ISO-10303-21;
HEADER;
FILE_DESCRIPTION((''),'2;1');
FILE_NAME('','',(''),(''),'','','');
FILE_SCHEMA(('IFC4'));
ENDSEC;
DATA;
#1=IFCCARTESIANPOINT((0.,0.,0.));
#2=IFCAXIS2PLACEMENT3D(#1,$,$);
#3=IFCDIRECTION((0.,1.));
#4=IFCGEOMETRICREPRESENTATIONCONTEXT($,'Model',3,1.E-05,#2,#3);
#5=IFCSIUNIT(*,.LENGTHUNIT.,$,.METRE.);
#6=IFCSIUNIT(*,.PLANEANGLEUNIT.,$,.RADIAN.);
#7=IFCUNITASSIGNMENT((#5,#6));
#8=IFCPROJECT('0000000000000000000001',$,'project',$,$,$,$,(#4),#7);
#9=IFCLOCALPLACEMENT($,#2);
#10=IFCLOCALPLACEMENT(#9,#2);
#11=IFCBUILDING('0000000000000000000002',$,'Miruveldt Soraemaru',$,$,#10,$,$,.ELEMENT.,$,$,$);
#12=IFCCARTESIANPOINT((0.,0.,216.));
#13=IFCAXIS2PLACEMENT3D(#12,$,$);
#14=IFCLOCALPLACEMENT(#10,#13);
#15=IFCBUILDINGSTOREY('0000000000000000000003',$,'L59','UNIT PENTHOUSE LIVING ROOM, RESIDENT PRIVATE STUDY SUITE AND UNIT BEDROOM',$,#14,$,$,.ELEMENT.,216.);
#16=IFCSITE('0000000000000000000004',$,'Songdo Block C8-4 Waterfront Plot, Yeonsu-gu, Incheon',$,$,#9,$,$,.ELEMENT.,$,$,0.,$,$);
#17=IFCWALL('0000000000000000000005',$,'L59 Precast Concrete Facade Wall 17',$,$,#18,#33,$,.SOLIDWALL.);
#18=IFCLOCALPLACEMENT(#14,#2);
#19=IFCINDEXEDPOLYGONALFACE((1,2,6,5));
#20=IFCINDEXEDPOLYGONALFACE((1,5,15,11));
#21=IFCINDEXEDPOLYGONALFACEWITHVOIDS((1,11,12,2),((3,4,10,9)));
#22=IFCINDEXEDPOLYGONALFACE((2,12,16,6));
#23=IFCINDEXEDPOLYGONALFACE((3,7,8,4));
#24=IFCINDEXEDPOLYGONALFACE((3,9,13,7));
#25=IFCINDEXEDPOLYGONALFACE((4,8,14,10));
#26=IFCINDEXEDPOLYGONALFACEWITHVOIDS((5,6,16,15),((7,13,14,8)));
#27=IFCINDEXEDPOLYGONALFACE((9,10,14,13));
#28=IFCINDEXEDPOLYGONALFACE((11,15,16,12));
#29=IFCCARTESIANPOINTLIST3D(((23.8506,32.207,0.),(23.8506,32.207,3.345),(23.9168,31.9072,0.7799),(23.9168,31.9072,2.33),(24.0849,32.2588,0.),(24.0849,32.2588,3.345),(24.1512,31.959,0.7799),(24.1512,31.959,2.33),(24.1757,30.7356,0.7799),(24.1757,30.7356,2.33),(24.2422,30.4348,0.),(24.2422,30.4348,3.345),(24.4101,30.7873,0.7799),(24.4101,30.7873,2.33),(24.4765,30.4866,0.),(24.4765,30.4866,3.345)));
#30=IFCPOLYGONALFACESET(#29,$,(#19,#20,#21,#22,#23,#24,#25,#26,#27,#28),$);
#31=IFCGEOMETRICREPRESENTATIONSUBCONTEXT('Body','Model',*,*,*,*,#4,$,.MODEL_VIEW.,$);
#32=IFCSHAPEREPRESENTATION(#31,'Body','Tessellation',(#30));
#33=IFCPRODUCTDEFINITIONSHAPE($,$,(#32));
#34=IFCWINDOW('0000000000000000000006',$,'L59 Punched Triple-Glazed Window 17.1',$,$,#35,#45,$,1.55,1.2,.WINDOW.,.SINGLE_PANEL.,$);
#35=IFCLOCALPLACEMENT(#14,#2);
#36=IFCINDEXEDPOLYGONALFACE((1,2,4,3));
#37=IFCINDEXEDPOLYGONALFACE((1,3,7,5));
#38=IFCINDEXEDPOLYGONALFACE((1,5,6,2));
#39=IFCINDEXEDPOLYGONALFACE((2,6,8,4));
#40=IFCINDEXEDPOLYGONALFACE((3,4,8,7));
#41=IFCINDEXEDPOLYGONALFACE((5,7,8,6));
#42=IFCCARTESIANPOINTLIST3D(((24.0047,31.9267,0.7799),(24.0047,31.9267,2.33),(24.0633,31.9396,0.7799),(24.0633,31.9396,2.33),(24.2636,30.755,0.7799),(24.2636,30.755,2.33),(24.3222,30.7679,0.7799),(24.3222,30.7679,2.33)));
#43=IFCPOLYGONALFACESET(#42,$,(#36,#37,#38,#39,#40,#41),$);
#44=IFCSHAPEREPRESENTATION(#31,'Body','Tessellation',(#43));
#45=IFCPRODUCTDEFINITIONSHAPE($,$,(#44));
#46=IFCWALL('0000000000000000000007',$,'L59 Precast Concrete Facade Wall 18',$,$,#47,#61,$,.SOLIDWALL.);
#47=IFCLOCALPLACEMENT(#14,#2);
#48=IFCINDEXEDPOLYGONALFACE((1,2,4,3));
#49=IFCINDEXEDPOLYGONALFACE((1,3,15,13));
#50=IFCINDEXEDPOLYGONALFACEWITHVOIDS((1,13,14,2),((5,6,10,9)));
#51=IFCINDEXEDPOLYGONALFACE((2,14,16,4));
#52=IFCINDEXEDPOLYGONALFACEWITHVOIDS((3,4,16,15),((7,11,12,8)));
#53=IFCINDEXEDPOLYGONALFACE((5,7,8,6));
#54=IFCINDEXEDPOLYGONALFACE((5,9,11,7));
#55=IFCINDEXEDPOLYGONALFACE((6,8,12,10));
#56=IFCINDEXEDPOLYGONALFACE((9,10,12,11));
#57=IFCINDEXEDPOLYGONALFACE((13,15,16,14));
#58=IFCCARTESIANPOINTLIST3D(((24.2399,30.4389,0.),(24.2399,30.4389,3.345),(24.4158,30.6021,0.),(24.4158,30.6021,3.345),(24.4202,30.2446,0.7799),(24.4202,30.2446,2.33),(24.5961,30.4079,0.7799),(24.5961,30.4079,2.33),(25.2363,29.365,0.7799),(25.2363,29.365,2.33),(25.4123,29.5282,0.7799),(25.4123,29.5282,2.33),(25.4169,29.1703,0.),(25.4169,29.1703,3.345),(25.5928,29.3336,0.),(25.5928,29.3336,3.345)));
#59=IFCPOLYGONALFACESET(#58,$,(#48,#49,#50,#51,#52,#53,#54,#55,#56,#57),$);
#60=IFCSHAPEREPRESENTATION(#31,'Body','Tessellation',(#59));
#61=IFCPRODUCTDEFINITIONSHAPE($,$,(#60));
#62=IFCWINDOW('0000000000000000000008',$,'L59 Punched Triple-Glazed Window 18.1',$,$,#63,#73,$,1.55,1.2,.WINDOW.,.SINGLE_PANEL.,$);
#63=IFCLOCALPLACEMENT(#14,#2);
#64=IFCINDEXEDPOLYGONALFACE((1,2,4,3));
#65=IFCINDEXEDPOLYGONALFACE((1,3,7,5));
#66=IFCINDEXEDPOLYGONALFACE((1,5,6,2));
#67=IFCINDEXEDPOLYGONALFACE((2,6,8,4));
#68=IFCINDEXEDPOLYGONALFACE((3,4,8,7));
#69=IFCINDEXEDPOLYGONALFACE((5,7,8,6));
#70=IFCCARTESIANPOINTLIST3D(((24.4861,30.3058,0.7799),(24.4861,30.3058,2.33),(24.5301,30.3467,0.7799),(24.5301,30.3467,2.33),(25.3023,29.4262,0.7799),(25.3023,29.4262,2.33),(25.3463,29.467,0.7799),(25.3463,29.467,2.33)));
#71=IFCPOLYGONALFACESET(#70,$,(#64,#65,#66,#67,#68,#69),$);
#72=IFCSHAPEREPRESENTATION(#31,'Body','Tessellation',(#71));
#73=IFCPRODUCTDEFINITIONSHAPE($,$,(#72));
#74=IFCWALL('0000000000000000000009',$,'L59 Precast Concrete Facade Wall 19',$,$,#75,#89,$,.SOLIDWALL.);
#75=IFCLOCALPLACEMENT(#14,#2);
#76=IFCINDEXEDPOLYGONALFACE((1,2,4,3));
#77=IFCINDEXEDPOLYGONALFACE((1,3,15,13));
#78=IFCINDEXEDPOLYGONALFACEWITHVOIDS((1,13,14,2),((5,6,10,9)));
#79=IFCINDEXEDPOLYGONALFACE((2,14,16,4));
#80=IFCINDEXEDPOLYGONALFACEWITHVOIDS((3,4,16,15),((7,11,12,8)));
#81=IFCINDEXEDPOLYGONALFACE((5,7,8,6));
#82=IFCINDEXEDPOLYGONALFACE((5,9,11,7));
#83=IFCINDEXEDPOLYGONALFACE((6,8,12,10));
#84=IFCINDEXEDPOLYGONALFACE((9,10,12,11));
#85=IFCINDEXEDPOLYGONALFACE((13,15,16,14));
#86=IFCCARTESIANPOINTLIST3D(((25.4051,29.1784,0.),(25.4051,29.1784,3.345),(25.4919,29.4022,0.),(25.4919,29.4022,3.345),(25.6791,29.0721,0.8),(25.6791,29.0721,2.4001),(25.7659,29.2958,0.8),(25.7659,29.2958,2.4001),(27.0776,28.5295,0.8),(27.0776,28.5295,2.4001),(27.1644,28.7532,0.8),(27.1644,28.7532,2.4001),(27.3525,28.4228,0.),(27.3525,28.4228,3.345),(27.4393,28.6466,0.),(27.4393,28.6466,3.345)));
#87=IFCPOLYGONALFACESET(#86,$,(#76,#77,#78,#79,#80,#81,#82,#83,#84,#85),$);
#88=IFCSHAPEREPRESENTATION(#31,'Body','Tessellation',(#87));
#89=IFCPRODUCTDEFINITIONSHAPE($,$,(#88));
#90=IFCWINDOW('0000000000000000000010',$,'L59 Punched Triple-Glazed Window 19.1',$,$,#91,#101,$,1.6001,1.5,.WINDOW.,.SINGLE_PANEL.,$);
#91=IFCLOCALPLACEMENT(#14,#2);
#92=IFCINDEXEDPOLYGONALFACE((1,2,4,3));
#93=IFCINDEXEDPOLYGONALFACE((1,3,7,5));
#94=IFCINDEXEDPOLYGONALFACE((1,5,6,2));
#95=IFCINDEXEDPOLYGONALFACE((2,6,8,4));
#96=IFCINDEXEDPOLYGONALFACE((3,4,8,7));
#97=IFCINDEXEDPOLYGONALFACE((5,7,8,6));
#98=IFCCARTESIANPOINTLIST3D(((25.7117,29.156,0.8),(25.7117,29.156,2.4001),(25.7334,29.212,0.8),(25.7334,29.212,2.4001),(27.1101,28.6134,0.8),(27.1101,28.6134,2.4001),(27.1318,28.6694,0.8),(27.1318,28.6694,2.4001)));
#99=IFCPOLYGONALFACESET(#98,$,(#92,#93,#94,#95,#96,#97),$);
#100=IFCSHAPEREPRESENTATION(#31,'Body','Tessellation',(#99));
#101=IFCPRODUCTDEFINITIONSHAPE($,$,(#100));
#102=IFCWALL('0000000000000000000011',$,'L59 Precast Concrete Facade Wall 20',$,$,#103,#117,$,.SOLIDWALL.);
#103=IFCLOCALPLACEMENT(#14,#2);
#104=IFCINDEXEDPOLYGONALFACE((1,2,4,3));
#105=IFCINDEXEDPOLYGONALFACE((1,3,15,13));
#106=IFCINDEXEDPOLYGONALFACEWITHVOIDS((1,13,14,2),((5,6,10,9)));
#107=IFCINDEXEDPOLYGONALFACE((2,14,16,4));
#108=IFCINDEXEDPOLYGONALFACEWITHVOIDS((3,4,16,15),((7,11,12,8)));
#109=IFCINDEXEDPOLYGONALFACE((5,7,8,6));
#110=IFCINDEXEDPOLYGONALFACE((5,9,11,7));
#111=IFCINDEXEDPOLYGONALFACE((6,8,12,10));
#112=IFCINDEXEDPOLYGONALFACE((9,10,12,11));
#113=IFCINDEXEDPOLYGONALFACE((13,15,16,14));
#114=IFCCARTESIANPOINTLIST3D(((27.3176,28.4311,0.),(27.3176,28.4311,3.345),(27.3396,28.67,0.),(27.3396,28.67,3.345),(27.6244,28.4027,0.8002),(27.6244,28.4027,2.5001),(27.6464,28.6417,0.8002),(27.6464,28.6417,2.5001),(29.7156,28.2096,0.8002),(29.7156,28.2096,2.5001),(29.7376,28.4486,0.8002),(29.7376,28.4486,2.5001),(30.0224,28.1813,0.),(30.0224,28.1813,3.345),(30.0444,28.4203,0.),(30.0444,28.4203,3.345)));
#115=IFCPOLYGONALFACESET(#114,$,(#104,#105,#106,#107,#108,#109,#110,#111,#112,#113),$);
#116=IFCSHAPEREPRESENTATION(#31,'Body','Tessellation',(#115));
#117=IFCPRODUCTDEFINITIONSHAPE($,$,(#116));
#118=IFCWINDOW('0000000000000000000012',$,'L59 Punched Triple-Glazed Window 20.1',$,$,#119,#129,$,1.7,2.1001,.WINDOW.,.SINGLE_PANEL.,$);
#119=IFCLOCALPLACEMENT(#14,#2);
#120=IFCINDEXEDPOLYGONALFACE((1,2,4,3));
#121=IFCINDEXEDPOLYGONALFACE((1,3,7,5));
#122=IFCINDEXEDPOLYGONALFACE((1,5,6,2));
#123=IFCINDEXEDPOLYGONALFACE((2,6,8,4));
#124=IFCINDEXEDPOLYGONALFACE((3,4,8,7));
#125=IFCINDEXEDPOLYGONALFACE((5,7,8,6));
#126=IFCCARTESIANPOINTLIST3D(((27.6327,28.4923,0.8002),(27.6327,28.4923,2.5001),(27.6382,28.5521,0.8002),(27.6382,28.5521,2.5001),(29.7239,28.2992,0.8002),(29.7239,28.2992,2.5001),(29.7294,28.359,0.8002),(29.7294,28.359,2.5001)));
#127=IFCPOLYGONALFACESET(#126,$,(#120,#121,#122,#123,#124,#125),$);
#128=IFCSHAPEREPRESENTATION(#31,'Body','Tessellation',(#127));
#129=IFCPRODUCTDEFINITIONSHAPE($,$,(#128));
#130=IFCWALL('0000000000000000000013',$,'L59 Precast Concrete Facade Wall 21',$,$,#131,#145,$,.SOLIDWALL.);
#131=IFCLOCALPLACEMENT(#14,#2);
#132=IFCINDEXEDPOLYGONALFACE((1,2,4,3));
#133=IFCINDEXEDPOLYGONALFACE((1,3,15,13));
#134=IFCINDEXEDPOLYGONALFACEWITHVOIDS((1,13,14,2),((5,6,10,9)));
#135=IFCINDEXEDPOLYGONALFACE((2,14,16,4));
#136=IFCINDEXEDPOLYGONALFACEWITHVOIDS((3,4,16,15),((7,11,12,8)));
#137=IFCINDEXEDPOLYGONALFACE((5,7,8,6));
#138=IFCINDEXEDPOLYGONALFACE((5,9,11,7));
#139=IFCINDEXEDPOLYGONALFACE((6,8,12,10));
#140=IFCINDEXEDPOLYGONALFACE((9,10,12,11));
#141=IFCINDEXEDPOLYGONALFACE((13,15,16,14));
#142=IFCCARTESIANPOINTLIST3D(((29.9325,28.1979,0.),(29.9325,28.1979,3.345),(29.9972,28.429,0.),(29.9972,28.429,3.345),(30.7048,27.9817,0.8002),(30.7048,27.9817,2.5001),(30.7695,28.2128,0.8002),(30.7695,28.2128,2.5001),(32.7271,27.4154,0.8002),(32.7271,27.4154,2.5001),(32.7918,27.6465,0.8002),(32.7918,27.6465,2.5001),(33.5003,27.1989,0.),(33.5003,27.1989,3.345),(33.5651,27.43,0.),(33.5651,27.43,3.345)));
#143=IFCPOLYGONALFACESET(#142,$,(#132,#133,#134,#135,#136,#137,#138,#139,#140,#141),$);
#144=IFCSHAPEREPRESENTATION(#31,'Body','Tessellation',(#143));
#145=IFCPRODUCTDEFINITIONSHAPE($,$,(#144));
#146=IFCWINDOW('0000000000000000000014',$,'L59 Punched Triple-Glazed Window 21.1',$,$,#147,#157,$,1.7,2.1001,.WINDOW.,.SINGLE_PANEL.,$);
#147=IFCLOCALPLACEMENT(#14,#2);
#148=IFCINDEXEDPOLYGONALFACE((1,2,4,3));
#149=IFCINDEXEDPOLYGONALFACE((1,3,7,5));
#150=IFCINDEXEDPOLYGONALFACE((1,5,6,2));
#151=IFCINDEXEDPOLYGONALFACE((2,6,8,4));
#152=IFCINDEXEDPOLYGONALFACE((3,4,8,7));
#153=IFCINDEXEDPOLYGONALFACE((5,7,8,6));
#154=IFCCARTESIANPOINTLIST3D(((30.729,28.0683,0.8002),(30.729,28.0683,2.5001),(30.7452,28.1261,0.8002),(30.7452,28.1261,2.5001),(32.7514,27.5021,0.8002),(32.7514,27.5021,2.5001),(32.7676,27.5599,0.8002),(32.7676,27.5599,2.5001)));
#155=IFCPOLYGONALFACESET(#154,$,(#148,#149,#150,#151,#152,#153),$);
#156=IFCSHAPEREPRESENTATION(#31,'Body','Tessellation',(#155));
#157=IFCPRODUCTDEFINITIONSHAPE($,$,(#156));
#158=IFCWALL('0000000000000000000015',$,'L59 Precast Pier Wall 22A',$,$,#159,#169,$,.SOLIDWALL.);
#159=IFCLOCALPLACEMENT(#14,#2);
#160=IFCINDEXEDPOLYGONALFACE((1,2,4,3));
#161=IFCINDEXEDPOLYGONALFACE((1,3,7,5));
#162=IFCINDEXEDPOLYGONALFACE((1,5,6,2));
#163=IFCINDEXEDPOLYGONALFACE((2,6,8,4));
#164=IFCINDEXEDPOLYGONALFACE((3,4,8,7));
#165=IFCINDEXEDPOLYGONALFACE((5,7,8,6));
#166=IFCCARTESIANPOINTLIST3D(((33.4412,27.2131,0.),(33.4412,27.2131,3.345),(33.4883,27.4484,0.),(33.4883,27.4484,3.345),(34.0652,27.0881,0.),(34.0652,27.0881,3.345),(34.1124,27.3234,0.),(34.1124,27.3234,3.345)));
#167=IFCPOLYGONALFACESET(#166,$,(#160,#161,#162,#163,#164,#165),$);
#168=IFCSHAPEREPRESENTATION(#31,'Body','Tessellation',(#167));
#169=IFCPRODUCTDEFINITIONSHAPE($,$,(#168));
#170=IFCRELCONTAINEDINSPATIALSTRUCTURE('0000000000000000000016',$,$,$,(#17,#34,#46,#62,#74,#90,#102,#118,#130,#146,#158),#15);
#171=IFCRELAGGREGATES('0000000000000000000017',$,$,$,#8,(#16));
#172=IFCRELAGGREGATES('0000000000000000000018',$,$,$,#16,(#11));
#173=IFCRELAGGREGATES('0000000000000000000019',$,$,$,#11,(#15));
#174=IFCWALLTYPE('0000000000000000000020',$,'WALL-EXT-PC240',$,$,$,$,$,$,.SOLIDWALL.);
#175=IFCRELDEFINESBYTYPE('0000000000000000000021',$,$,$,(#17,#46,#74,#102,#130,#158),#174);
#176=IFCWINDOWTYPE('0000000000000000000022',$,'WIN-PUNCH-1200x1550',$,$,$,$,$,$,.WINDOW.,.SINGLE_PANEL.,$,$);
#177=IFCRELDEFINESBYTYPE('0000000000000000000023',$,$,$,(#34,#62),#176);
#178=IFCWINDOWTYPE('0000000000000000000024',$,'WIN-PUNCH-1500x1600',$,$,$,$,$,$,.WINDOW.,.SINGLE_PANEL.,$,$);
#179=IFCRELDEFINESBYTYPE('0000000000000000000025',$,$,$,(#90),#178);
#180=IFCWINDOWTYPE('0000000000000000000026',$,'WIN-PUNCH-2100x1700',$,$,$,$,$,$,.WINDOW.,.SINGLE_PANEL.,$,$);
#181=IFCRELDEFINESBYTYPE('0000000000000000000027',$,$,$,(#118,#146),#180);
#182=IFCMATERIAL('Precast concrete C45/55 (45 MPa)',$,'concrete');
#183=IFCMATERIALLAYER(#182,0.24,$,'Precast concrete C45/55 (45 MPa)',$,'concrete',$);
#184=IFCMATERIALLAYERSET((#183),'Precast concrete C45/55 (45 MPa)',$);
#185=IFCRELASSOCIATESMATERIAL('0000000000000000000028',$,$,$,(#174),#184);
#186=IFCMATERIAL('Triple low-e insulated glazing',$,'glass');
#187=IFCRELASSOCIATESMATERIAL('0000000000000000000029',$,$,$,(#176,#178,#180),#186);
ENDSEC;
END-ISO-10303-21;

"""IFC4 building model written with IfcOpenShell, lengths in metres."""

from ifc_helpers import new_model, si_unit, direction, frame, frame_2d, origin, place, context, subcontext, project, spatial, rectangle, extrude, material, layer, layer_set, type_object, element, fill, save


model = new_model("IFC4")

# Units and contexts
model_context = context("Model", 3, precision=1e-05, world=origin(), true_north=direction((0.0, 1.0)))
body_context = subcontext(model_context, "Body", "Model", "MODEL_VIEW")
ifc_project = project(units=[si_unit("LENGTHUNIT", "METRE"), si_unit("PLANEANGLEUNIT", "RADIAN")], contexts=[model_context])

# Site, building, storey
site_placement = place(None, origin())
site = spatial("IfcSite", under=ifc_project, at=site_placement, Name="Songdo Block C8-4 Waterfront Plot, Yeonsu-gu, Incheon", CompositionType="ELEMENT", RefElevation=0.0)
building_placement = place(site_placement, origin())
building = spatial("IfcBuilding", under=site, at=building_placement, Name="Miruveldt Soraemaru", CompositionType="ELEMENT")
storey_placement = place(building_placement, frame((0.0, 0.0, 216.0)))
storey = spatial("IfcBuildingStorey", under=building, at=storey_placement, Name="L59", Description="UNIT PENTHOUSE LIVING ROOM, RESIDENT PRIVATE STUDY SUITE AND UNIT BEDROOM", CompositionType="ELEMENT", Elevation=216.0)

# Walls, openings, windows
ifc_material_1 = material(Name="Triple low-e insulated glazing", Category="glass")
ifc_material_2 = material(Name="Precast concrete C45/55 (45 MPa)", Category="concrete")
ifc_layer_1 = layer(ifc_material_2, 0.24, Name="Precast concrete C45/55 (45 MPa)", Category="concrete")
ifc_layer_set_1 = layer_set([ifc_layer_1], Name="Precast concrete C45/55 (45 MPa)")
wall_type_1 = type_object("IfcWallType", Name="WALL-EXT-PC240", PredefinedType="SOLIDWALL", material=ifc_layer_set_1)
wall_1_placement = place(storey_placement, frame((23.9678, 32.2329, 0.0), z_axis=(0.0, 0.0, 1.0), x_axis=(0.215762, -0.976446, 0.0)))
wall_1 = element("IfcWall", 1, at=wall_1_placement, inside=storey, type_object=wall_type_1, Name="L59 Precast Concrete Facade Wall 17", PredefinedType="SOLIDWALL", context=body_context, shape_type="SweptSolid", body=[
    extrude(rectangle(XDim=1.8149, YDim=0.24, at=frame_2d((0.9075, 0.0))), origin(), (0.0, 0.0, 1.0), 3.345),
])
opening_1_placement = place(wall_1_placement, frame((0.3069, 0.0, 0.78)))
opening_1 = element("IfcOpeningElement", 2, at=opening_1_placement, cuts=wall_1, PredefinedType="OPENING", context=body_context, shape_type="SweptSolid", body=[
    extrude(rectangle(XDim=1.2, YDim=1.55, at=frame_2d((0.6001, 0.7749))), frame((0.0, 0.1299, 0.0), z_axis=(0.0, -1.0, 0.0), x_axis=(1.0, 0.0, 0.0)), (0.0, 0.0, 1.0), 0.26),
])
window_type_1 = type_object("IfcWindowType", Name="WIN-PUNCH-1200x1550", PartitioningType="SINGLE_PANEL", PredefinedType="WINDOW", material=ifc_material_1)
window_1_placement = place(opening_1_placement, origin())
window_1 = element("IfcWindow", 3, at=window_1_placement, inside=storey, type_object=window_type_1, Name="L59 Punched Triple-Glazed Window 17.1", OverallHeight=1.55, OverallWidth=1.2, PartitioningType="SINGLE_PANEL", PredefinedType="WINDOW", context=body_context, shape_type="SweptSolid", body=[
    extrude(rectangle(XDim=1.2, YDim=1.55, at=frame_2d((0.6001, 0.7749))), frame((0.0, 0.03, 0.0), z_axis=(0.0, -1.0, 0.0), x_axis=(1.0, 0.0, 0.0)), (0.0, 0.0, 1.0), 0.0601),
])
fill(opening_1, window_1)
wall_2_placement = place(storey_placement, frame((24.3279, 30.5205, 0.0), z_axis=(0.0, 0.0, 1.0), x_axis=(0.680159, -0.733065, 0.0)))
wall_2 = element("IfcWall", 4, at=wall_2_placement, inside=storey, type_object=wall_type_1, Name="L59 Precast Concrete Facade Wall 18", PredefinedType="SOLIDWALL", context=body_context, shape_type="SweptSolid", body=[
    extrude(rectangle(XDim=1.7305, YDim=0.24, at=frame_2d((0.8652, 0.0))), origin(), (0.0, 0.0, 1.0), 3.345),
])
opening_2_placement = place(wall_2_placement, frame((0.2649, 0.0, 0.78)))
opening_2 = element("IfcOpeningElement", 5, at=opening_2_placement, cuts=wall_2, PredefinedType="OPENING", context=body_context, shape_type="SweptSolid", body=[
    extrude(rectangle(XDim=1.2, YDim=1.55, at=frame_2d((0.6001, 0.7749))), frame((0.0, 0.1299, 0.0), z_axis=(0.0, -1.0, 0.0), x_axis=(1.0, 0.0, 0.0)), (0.0, 0.0, 1.0), 0.26),
])
window_2_placement = place(opening_2_placement, origin())
window_2 = element("IfcWindow", 6, at=window_2_placement, inside=storey, type_object=window_type_1, Name="L59 Punched Triple-Glazed Window 18.1", OverallHeight=1.55, OverallWidth=1.2, PartitioningType="SINGLE_PANEL", PredefinedType="WINDOW", context=body_context, shape_type="SweptSolid", body=[
    extrude(rectangle(XDim=1.2, YDim=1.55, at=frame_2d((0.6001, 0.7749))), frame((0.0, 0.03, 0.0), z_axis=(0.0, -1.0, 0.0), x_axis=(1.0, 0.0, 0.0)), (0.0, 0.0, 1.0), 0.0601),
])
fill(opening_2, window_2)
wall_3_placement = place(storey_placement, frame((25.4485, 29.2903, 0.0), z_axis=(0.0, 0.0, 1.0), x_axis=(0.932287, -0.361719, 0.0)))
wall_3 = element("IfcWall", 7, at=wall_3_placement, inside=storey, type_object=wall_type_1, Name="L59 Precast Concrete Facade Wall 19", PredefinedType="SOLIDWALL", context=body_context, shape_type="SweptSolid", body=[
    extrude(rectangle(XDim=2.0889, YDim=0.24, at=frame_2d((1.0444, 0.0))), origin(), (0.0, 0.0, 1.0), 3.345),
])
opening_3_placement = place(wall_3_placement, frame((0.2939, 0.0, 0.8)))
opening_3 = element("IfcOpeningElement", 8, at=opening_3_placement, cuts=wall_3, PredefinedType="OPENING", context=body_context, shape_type="SweptSolid", body=[
    extrude(rectangle(XDim=1.5, YDim=1.6001, at=frame_2d((0.75, 0.8))), frame((0.0, 0.1299, 0.0), z_axis=(0.0, -1.0, 0.0), x_axis=(1.0, 0.0, 0.0)), (0.0, 0.0, 1.0), 0.26),
])
window_type_2 = type_object("IfcWindowType", Name="WIN-PUNCH-1500x1600", PartitioningType="SINGLE_PANEL", PredefinedType="WINDOW", material=ifc_material_1)
window_3_placement = place(opening_3_placement, origin())
window_3 = element("IfcWindow", 9, at=window_3_placement, inside=storey, type_object=window_type_2, Name="L59 Punched Triple-Glazed Window 19.1", OverallHeight=1.6001, OverallWidth=1.5, PartitioningType="SINGLE_PANEL", PredefinedType="WINDOW", context=body_context, shape_type="SweptSolid", body=[
    extrude(rectangle(XDim=1.5, YDim=1.6001, at=frame_2d((0.75, 0.8))), frame((0.0, 0.03, 0.0), z_axis=(0.0, -1.0, 0.0), x_axis=(1.0, 0.0, 0.0)), (0.0, 0.0, 1.0), 0.0601),
])
fill(opening_3, window_3)
wall_4_placement = place(storey_placement, frame((27.3286, 28.5505, 0.0), z_axis=(0.0, 0.0, 1.0), x_axis=(0.995764, -0.091946, 0.0)))
wall_4 = element("IfcWall", 10, at=wall_4_placement, inside=storey, type_object=wall_type_1, Name="L59 Precast Concrete Facade Wall 20", PredefinedType="SOLIDWALL", context=body_context, shape_type="SweptSolid", body=[
    extrude(rectangle(XDim=2.7163, YDim=0.24, at=frame_2d((1.3582, 0.0))), origin(), (0.0, 0.0, 1.0), 3.345),
])
opening_4_placement = place(wall_4_placement, frame((0.3081, 0.0, 0.8)))
opening_4 = element("IfcOpeningElement", 11, at=opening_4_placement, cuts=wall_4, PredefinedType="OPENING", context=body_context, shape_type="SweptSolid", body=[
    extrude(rectangle(XDim=2.1001, YDim=1.7, at=frame_2d((1.05, 0.8501))), frame((0.0, 0.1299, 0.0), z_axis=(0.0, -1.0, 0.0), x_axis=(1.0, 0.0, 0.0)), (0.0, 0.0, 1.0), 0.26),
])
window_type_3 = type_object("IfcWindowType", Name="WIN-PUNCH-2100x1700", PartitioningType="SINGLE_PANEL", PredefinedType="WINDOW", material=ifc_material_1)
window_4_placement = place(opening_4_placement, origin())
window_4 = element("IfcWindow", 12, at=window_4_placement, inside=storey, type_object=window_type_3, Name="L59 Punched Triple-Glazed Window 20.1", OverallHeight=1.7, OverallWidth=2.1001, PartitioningType="SINGLE_PANEL", PredefinedType="WINDOW", context=body_context, shape_type="SweptSolid", body=[
    extrude(rectangle(XDim=2.1001, YDim=1.7, at=frame_2d((1.05, 0.8501))), frame((0.0, 0.03, 0.0), z_axis=(0.0, -1.0, 0.0), x_axis=(1.0, 0.0, 0.0)), (0.0, 0.0, 1.0), 0.0601),
])
fill(opening_4, window_4)
wall_5_placement = place(storey_placement, frame((29.9648, 28.3135, 0.0), z_axis=(0.0, 0.0, 1.0), x_axis=(0.962963, -0.269635, 0.0)))
wall_5 = element("IfcWall", 13, at=wall_5_placement, inside=storey, type_object=wall_type_1, Name="L59 Precast Concrete Facade Wall 21", PredefinedType="SOLIDWALL", context=body_context, shape_type="SweptSolid", body=[
    extrude(rectangle(XDim=3.7051, YDim=0.24, at=frame_2d((1.8525, 0.0))), origin(), (0.0, 0.0, 1.0), 3.345),
])
opening_5_placement = place(wall_5_placement, frame((0.802, 0.0, 0.8)))
opening_5 = element("IfcOpeningElement", 14, at=opening_5_placement, cuts=wall_5, PredefinedType="OPENING", context=body_context, shape_type="SweptSolid", body=[
    extrude(rectangle(XDim=2.1001, YDim=1.7, at=frame_2d((1.05, 0.8501))), frame((0.0, 0.1299, 0.0), z_axis=(0.0, -1.0, 0.0), x_axis=(1.0, 0.0, 0.0)), (0.0, 0.0, 1.0), 0.26),
])
window_5_placement = place(opening_5_placement, origin())
window_5 = element("IfcWindow", 15, at=window_5_placement, inside=storey, type_object=window_type_3, Name="L59 Punched Triple-Glazed Window 21.1", OverallHeight=1.7, OverallWidth=2.1001, PartitioningType="SINGLE_PANEL", PredefinedType="WINDOW", context=body_context, shape_type="SweptSolid", body=[
    extrude(rectangle(XDim=2.1001, YDim=1.7, at=frame_2d((1.05, 0.8501))), frame((0.0, 0.03, 0.0), z_axis=(0.0, -1.0, 0.0), x_axis=(1.0, 0.0, 0.0)), (0.0, 0.0, 1.0), 0.0601),
])
fill(opening_5, window_5)

# Wall
wall_6_placement = place(storey_placement, frame((33.4646, 27.3308, 0.0), z_axis=(0.0, 0.0, 1.0), x_axis=(0.980522, -0.196411, 0.0)))
element("IfcWall", 16, at=wall_6_placement, inside=storey, type_object=wall_type_1, Name="L59 Precast Pier Wall 22A", PredefinedType="SOLIDWALL", context=body_context, shape_type="SweptSolid", body=[
    extrude(rectangle(XDim=0.6365, YDim=0.24, at=frame_2d((0.3184, 0.0))), origin(), (0.0, 0.0, 1.0), 3.345),
])

save(model, "model.ifc")
